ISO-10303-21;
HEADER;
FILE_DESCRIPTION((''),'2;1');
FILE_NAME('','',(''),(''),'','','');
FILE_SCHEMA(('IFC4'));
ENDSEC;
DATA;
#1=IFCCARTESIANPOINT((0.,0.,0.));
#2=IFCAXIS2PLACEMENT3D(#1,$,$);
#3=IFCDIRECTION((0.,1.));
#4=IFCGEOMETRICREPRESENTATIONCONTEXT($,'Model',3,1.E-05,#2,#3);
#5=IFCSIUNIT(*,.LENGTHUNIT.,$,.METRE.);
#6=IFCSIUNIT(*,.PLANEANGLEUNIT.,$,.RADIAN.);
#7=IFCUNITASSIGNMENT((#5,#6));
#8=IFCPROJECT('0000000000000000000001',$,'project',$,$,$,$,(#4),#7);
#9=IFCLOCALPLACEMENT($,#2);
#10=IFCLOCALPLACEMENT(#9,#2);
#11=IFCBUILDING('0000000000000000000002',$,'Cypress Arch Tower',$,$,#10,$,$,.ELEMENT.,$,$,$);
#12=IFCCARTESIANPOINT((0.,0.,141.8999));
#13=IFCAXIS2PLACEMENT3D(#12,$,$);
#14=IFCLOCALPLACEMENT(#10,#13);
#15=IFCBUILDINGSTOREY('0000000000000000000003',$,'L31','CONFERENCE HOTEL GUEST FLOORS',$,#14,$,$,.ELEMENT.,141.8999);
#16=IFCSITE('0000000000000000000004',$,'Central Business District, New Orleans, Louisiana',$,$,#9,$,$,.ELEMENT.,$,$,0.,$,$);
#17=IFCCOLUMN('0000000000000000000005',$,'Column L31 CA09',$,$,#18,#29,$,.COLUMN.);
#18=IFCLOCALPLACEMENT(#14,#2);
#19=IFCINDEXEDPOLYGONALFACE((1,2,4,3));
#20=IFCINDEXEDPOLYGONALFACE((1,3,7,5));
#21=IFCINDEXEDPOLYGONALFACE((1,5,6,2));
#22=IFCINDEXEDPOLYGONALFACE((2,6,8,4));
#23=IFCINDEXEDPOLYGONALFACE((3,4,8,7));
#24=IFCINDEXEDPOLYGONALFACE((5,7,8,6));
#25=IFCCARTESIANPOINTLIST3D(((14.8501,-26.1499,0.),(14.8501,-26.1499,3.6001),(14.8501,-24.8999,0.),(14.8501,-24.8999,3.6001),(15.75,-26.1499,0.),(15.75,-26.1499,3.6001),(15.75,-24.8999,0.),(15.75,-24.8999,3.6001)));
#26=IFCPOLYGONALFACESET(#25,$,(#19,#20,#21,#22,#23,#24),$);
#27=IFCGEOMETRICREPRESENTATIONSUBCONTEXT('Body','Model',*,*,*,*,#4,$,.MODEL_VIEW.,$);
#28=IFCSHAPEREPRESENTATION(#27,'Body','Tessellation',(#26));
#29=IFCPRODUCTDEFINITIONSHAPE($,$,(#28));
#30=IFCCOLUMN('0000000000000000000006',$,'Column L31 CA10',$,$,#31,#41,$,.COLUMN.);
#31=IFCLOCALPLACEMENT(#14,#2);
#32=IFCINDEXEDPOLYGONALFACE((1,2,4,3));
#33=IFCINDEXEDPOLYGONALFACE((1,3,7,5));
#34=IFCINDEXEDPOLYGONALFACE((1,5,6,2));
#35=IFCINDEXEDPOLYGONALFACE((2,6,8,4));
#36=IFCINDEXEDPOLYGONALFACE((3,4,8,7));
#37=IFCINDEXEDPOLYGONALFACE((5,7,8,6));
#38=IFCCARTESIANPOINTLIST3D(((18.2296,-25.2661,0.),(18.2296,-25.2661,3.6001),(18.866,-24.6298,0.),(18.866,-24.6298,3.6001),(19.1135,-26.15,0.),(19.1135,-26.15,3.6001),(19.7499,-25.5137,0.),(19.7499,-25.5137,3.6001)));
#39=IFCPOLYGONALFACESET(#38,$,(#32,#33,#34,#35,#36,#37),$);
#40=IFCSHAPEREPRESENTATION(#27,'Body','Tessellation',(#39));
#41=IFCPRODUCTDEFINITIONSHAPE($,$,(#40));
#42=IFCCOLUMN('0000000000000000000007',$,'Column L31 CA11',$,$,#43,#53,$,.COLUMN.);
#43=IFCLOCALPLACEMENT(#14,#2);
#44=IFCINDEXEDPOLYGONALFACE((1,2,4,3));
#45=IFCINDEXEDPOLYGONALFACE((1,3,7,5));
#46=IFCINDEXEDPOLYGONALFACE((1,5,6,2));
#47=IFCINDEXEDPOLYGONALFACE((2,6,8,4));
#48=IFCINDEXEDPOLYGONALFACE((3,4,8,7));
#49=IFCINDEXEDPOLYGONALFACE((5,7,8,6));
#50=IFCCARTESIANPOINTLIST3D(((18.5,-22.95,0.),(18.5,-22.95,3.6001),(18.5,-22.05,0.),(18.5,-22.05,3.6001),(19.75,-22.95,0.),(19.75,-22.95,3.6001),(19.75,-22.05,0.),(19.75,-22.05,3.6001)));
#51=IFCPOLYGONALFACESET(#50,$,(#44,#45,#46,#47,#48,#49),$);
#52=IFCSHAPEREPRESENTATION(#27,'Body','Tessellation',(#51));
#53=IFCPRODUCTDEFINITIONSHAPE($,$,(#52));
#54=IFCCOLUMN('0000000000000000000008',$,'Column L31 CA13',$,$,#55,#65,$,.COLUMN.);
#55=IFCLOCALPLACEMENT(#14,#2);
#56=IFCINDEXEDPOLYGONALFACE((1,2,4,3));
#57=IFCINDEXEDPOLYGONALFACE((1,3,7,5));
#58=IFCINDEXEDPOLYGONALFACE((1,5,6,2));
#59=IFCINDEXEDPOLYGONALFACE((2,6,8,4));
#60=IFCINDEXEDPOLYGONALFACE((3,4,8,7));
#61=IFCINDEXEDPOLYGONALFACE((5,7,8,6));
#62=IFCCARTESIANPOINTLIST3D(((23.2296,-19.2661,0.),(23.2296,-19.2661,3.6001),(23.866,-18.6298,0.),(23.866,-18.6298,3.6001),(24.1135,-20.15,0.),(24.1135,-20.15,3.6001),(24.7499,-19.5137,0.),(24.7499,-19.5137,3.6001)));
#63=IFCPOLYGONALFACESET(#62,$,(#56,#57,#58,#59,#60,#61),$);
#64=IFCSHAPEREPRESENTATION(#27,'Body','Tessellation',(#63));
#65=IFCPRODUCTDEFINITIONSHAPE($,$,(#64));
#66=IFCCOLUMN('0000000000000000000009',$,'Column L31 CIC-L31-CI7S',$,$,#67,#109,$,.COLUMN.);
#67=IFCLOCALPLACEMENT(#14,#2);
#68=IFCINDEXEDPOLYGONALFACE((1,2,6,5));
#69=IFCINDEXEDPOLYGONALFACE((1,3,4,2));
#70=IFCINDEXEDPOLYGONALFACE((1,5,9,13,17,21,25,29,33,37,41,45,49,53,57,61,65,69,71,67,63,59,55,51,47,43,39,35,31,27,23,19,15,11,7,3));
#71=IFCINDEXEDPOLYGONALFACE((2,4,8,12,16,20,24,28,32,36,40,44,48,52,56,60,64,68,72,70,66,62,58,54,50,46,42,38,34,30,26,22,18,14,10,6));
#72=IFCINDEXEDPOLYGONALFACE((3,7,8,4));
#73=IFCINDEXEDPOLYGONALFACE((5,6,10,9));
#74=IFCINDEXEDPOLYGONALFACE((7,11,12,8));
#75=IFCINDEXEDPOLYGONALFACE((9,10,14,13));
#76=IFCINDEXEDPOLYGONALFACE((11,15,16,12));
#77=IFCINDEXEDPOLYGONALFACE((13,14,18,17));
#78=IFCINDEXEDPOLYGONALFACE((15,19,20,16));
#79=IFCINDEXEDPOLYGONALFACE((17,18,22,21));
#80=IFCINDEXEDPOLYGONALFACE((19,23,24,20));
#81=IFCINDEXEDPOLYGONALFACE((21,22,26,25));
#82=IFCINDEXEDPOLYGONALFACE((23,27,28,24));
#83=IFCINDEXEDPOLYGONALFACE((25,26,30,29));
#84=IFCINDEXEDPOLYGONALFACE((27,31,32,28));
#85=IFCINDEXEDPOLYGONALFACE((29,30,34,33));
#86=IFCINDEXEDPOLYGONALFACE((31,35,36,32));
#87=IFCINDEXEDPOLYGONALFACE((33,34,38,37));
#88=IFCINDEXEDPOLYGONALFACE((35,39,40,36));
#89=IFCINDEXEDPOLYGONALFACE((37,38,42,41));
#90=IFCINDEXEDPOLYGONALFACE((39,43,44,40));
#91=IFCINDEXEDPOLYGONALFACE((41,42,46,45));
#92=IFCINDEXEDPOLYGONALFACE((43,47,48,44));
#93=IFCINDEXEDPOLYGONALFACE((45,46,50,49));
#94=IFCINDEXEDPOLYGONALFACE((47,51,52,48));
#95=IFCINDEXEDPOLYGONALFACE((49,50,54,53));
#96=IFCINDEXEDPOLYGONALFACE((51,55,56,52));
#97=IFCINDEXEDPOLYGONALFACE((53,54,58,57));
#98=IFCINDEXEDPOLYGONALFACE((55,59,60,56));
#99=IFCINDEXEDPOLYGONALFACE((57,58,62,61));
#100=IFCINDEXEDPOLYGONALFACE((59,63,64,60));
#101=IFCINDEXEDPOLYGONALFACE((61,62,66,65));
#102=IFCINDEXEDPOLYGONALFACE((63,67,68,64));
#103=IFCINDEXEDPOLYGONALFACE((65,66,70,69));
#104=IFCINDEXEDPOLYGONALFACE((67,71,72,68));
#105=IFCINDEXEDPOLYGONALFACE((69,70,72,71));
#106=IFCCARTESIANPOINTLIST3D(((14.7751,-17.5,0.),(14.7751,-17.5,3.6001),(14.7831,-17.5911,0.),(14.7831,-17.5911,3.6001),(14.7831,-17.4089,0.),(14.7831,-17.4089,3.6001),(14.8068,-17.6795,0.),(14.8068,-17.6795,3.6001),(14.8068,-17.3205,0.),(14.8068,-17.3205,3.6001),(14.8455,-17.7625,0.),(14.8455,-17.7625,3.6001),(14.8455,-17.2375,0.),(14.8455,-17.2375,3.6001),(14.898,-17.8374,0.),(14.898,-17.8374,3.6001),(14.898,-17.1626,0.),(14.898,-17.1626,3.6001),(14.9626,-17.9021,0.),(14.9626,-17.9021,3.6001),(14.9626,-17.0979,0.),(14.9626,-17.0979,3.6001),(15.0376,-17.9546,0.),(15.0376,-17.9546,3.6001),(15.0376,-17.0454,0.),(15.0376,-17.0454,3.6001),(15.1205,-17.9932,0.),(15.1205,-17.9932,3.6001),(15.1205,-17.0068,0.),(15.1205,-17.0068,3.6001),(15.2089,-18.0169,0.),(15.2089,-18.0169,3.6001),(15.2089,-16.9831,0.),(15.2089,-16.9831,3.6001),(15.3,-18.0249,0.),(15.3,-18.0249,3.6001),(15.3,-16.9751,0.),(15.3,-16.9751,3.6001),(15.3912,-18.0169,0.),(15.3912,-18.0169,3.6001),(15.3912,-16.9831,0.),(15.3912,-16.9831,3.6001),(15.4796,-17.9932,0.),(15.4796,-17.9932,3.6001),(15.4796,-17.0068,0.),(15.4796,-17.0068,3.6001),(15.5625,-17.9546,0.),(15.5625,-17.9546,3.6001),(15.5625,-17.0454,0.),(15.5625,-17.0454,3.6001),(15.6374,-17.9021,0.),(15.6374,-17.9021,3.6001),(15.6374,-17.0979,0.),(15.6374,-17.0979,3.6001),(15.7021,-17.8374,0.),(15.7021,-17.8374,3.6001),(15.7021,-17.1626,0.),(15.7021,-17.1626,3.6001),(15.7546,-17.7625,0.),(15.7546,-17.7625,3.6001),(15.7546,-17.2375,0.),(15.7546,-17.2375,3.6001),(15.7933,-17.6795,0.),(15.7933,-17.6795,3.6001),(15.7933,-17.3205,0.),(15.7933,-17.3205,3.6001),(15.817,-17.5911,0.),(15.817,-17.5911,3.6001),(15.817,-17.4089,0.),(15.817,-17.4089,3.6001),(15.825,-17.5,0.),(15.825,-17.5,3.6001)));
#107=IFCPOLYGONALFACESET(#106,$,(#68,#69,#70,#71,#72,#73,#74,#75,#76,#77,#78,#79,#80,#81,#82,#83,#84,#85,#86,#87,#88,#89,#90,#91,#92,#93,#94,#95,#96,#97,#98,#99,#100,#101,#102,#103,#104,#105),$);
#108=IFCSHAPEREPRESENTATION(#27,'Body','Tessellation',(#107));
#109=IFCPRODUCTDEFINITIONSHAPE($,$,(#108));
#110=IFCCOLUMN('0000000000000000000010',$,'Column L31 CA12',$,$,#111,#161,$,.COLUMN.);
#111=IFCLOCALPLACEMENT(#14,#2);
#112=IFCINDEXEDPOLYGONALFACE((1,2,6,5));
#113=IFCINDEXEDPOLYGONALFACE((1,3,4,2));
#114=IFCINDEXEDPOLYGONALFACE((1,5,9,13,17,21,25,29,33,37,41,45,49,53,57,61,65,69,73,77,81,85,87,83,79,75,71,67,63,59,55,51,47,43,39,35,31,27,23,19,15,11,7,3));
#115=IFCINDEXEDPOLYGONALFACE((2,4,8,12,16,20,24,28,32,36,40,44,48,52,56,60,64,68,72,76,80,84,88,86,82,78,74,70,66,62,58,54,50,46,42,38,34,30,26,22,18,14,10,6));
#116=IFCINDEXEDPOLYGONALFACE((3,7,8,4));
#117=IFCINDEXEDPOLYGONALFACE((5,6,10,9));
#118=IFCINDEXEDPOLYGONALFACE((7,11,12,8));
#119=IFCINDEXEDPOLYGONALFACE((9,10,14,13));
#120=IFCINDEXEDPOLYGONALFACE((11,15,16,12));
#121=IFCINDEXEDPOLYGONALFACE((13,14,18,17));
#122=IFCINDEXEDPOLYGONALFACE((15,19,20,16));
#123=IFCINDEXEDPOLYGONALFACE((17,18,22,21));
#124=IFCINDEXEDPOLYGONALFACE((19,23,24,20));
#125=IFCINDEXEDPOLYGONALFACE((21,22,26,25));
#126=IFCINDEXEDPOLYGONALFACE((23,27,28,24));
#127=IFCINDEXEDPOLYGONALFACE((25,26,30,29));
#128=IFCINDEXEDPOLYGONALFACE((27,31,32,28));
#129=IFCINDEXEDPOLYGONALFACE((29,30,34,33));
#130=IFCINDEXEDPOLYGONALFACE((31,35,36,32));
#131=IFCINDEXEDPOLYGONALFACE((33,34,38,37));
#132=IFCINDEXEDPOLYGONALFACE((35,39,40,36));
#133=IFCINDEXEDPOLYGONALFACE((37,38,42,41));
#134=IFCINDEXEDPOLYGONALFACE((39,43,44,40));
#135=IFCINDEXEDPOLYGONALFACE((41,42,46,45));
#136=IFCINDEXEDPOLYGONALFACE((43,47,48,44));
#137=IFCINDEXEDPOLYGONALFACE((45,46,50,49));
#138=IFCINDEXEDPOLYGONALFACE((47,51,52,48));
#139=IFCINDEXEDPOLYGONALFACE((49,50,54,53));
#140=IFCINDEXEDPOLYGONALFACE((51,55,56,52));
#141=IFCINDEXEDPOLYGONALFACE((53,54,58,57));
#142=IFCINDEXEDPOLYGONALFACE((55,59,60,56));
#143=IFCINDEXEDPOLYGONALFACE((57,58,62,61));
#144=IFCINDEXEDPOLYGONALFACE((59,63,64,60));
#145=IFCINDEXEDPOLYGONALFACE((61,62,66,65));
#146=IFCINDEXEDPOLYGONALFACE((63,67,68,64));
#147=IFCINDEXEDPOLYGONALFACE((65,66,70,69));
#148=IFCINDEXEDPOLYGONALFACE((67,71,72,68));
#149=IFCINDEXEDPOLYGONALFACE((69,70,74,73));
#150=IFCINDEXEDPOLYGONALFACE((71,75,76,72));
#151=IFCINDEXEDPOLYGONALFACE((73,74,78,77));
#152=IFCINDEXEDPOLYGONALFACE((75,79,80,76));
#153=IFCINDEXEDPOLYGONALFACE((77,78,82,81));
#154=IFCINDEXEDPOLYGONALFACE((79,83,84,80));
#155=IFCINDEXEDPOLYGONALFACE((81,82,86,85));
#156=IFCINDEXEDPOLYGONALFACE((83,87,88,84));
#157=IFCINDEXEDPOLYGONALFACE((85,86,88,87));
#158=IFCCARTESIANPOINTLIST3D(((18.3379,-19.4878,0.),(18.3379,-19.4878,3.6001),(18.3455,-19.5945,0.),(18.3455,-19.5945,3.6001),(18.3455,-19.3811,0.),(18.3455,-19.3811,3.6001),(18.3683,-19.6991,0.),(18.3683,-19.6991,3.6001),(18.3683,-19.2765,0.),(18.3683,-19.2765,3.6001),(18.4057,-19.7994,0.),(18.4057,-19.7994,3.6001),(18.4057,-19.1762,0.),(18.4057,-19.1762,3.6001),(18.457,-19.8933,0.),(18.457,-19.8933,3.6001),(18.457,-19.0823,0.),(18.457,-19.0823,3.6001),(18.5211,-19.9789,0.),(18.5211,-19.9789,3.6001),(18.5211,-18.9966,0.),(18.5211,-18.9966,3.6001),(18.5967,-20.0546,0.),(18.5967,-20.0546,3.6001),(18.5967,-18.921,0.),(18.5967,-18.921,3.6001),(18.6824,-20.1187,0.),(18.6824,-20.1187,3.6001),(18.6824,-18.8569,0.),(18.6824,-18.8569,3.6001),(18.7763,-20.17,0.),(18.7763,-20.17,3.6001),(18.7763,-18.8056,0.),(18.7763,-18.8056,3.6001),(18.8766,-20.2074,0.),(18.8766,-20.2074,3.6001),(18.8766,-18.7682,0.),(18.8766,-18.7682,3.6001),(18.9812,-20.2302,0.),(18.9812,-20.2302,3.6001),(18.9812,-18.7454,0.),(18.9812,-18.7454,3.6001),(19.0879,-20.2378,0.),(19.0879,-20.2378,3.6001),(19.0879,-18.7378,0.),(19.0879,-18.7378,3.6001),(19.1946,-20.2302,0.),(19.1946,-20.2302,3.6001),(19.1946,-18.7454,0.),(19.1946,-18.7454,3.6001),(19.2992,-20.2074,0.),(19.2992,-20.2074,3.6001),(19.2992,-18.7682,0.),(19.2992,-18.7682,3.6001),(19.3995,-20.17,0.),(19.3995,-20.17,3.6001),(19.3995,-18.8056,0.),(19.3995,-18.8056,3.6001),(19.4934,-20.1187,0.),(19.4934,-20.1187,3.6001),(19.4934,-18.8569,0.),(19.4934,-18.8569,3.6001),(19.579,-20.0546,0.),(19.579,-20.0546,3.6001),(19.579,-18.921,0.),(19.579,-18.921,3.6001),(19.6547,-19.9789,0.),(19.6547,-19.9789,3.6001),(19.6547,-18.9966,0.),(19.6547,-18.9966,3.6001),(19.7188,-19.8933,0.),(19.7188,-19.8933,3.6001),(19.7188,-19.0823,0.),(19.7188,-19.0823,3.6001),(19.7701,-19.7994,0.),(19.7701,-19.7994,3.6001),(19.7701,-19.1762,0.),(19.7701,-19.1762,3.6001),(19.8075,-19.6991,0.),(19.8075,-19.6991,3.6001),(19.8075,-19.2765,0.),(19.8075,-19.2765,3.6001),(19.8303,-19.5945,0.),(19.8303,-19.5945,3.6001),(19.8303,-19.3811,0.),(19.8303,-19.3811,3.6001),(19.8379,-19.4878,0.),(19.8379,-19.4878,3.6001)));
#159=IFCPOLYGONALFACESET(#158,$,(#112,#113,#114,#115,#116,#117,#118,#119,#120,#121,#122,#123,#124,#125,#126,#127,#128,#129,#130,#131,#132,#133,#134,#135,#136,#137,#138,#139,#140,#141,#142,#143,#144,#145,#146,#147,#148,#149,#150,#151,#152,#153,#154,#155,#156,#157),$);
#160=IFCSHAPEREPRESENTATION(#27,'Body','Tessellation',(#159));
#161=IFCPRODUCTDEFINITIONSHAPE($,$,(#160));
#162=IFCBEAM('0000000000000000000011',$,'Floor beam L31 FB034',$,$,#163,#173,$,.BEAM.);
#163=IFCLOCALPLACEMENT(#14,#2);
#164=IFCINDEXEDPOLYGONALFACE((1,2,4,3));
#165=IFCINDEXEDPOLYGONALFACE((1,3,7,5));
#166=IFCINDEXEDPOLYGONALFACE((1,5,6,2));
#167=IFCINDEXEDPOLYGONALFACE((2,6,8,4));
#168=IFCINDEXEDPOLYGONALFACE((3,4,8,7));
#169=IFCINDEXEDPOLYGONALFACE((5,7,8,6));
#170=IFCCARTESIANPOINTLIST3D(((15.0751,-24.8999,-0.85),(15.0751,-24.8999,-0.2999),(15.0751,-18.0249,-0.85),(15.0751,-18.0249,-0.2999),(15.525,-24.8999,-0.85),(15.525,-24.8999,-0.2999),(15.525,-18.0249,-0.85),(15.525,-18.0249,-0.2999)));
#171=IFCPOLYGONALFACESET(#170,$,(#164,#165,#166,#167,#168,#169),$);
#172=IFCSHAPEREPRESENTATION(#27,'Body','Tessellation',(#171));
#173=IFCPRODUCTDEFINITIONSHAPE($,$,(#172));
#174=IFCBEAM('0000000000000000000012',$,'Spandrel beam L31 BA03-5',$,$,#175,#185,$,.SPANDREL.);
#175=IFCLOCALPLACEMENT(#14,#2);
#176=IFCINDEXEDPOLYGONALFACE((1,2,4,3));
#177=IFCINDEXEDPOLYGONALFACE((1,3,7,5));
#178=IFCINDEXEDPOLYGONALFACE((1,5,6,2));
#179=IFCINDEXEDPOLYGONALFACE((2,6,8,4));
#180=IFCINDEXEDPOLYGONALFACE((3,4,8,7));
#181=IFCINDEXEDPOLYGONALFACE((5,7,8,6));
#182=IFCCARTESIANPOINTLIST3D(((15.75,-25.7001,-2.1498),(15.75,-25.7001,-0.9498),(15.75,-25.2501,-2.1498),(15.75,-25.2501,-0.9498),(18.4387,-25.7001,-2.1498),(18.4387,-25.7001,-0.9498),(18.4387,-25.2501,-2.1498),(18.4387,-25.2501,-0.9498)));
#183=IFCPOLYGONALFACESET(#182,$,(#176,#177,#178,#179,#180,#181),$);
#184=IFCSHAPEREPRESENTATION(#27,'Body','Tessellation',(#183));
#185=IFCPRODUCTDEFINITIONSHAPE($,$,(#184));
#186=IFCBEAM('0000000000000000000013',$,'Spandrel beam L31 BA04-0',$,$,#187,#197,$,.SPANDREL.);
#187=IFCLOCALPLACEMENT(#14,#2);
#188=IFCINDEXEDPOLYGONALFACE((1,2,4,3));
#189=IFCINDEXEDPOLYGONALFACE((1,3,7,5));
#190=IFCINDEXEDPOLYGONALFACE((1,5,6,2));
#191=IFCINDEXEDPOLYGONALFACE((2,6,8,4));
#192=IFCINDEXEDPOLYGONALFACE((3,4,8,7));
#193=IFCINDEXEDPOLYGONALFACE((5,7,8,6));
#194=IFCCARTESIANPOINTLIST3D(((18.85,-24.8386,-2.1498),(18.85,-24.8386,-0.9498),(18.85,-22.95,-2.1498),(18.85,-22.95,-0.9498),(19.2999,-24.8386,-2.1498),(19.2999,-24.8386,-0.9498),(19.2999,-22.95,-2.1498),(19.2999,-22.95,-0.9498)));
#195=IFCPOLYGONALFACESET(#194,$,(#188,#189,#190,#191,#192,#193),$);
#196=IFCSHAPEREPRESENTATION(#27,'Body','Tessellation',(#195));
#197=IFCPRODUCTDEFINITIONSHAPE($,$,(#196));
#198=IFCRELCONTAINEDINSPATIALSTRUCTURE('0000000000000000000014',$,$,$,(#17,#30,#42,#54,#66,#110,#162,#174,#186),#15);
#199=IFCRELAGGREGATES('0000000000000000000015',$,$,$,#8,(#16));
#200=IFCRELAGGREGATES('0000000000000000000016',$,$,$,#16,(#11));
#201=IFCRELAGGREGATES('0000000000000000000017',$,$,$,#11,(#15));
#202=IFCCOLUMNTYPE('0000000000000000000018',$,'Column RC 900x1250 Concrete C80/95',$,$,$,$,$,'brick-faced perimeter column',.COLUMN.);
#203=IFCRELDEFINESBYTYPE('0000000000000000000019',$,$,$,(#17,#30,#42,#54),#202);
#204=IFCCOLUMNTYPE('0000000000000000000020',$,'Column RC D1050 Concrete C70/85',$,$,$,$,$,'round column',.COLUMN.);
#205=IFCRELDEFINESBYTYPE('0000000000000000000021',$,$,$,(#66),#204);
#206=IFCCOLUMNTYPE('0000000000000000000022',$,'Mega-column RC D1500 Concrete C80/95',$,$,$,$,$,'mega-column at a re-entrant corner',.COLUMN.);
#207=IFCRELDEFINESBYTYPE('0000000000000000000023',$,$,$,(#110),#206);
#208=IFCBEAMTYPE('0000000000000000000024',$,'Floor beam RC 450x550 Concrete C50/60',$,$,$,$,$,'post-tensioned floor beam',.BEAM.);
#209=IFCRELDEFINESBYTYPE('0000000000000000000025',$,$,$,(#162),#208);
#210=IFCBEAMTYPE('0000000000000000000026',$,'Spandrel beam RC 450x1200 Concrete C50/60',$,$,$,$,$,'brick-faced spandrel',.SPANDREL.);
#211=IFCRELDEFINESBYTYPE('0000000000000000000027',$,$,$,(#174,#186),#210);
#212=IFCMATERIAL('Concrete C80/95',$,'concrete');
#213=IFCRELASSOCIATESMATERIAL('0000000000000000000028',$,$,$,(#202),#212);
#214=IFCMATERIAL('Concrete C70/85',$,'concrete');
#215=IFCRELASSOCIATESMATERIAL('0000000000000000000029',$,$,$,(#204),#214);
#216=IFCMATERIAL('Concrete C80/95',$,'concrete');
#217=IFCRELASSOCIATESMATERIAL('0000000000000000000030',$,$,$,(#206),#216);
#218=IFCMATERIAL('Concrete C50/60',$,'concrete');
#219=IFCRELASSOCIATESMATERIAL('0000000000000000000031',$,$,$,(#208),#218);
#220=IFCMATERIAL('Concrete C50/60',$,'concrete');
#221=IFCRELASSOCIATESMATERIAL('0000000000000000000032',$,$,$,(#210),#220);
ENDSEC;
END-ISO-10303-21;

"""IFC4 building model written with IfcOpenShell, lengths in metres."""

from ifc_helpers import new_model, si_unit, direction, frame, origin, origin_2d, place, context, subcontext, project, spatial, rectangle, circle, extrude, material, material_profile, profile_set, type_object, element, save


model = new_model("IFC4")

# Units and contexts
model_context = context("Model", 3, precision=1e-05, world=origin(), true_north=direction((0.0, 1.0)))
body_context = subcontext(model_context, "Body", "Model", "MODEL_VIEW")
ifc_project = project(units=[si_unit("LENGTHUNIT", "METRE"), si_unit("PLANEANGLEUNIT", "RADIAN")], contexts=[model_context])

# Site, building, storey
site_placement = place(None, origin())
site = spatial("IfcSite", under=ifc_project, at=site_placement, Name="Central Business District, New Orleans, Louisiana", CompositionType="ELEMENT", RefElevation=0.0)
building_placement = place(site_placement, origin())
building = spatial("IfcBuilding", under=site, at=building_placement, Name="Cypress Arch Tower", CompositionType="ELEMENT")
storey_placement = place(building_placement, frame((0.0, 0.0, 141.8999)))
storey = spatial("IfcBuildingStorey", under=building, at=storey_placement, Name="L31", Description="CONFERENCE HOTEL GUEST FLOORS", CompositionType="ELEMENT", Elevation=141.8999)

# Columns
ifc_material_1 = material(Name="Concrete C80/95", Category="concrete")
ifc_material_profile_1 = material_profile(ifc_material_1, rectangle(XDim=0.8999, YDim=1.25, at=origin_2d()), Name="RC 900x1250")
ifc_profile_set_1 = profile_set([ifc_material_profile_1], Name="Concrete C80/95")
column_type_1 = type_object("IfcColumnType", Name="Column RC 900x1250 Concrete C80/95", ElementType="brick-faced perimeter column", PredefinedType="COLUMN", material=ifc_profile_set_1)
for number, where, z_axis, x_axis, name in (
    (1, (15.3, -25.5249, 0.0), (0.0, 0.0, 1.0), (1.0, 0.0, 0.0), "Column L31 CA09"),
    (2, (18.9897, -25.3899, 0.0), (0.0, 0.0, 1.0), (0.707107, 0.707107, 0.0), "Column L31 CA10"),
    (3, (19.125, -22.5, 0.0), (0.0, 0.0, 1.0), (0.0, 1.0, 0.0), "Column L31 CA11"),
    (4, (23.9897, -19.3899, 0.0), (0.0, 0.0, 1.0), (0.707107, 0.707107, 0.0), "Column L31 CA13"),
):
    element("IfcColumn", number, at=place(storey_placement, frame(where, z_axis=z_axis, x_axis=x_axis)), inside=storey, type_object=column_type_1, Name=name, PredefinedType="COLUMN", context=body_context, shape_type="SweptSolid", body=[
        extrude(rectangle(XDim=0.8999, YDim=1.25, at=origin_2d()), origin(), (0.0, 0.0, 1.0), 3.6001),
    ])
ifc_material_2 = material(Name="Concrete C70/85", Category="concrete")
ifc_material_profile_2 = material_profile(ifc_material_2, circle(Radius=0.5249, at=origin_2d()), Name="RC D1050")
ifc_profile_set_2 = profile_set([ifc_material_profile_2], Name="Concrete C70/85")
column_type_2 = type_object("IfcColumnType", Name="Column RC D1050 Concrete C70/85", ElementType="round column", PredefinedType="COLUMN", material=ifc_profile_set_2)
column_1_placement = place(storey_placement, frame((15.3, -17.5, 0.0), z_axis=(0.0, 0.0, 1.0), x_axis=(1.0, 0.0, 0.0)))
element("IfcColumn", 5, at=column_1_placement, inside=storey, type_object=column_type_2, Name="Column L31 CIC-L31-CI7S", PredefinedType="COLUMN", context=body_context, shape_type="SweptSolid", body=[
    extrude(circle(Radius=0.5249, at=origin_2d()), origin(), (0.0, 0.0, 1.0), 3.6001),
])
ifc_material_3 = material(Name="Concrete C80/95", Category="concrete")
ifc_material_profile_3 = material_profile(ifc_material_3, circle(Radius=0.75, at=origin_2d()), Name="RC D1500")
ifc_profile_set_3 = profile_set([ifc_material_profile_3], Name="Concrete C80/95")
column_type_3 = type_object("IfcColumnType", Name="Mega-column RC D1500 Concrete C80/95", ElementType="mega-column at a re-entrant corner", PredefinedType="COLUMN", material=ifc_profile_set_3)
column_2_placement = place(storey_placement, frame((19.0879, -19.4878, 0.0), z_axis=(0.0, 0.0, 1.0), x_axis=(1.0, 0.0, 0.0)))
element("IfcColumn", 6, at=column_2_placement, inside=storey, type_object=column_type_3, Name="Column L31 CA12", PredefinedType="COLUMN", context=body_context, shape_type="SweptSolid", body=[
    extrude(circle(Radius=0.75, at=origin_2d()), origin(), (0.0, 0.0, 1.0), 3.6001),
])

# Beams
ifc_material_4 = material(Name="Concrete C50/60", Category="concrete")
ifc_material_profile_4 = material_profile(ifc_material_4, rectangle(XDim=0.45, YDim=0.55, at=origin_2d()), Name="RC 450x550")
ifc_profile_set_4 = profile_set([ifc_material_profile_4], Name="Concrete C50/60")
beam_type_1 = type_object("IfcBeamType", Name="Floor beam RC 450x550 Concrete C50/60", ElementType="post-tensioned floor beam", PredefinedType="BEAM", material=ifc_profile_set_4)
beam_1_placement = place(storey_placement, frame((15.3, -24.8999, -0.575), z_axis=(0.0, 1.0, 0.0), x_axis=(-1.0, 0.0, 0.0)))
element("IfcBeam", 7, at=beam_1_placement, inside=storey, type_object=beam_type_1, Name="Floor beam L31 FB034", PredefinedType="BEAM", context=body_context, shape_type="SweptSolid", body=[
    extrude(rectangle(XDim=0.45, YDim=0.55, at=origin_2d()), origin(), (0.0, 0.0, 1.0), 6.875),
])
ifc_material_5 = material(Name="Concrete C50/60", Category="concrete")
ifc_material_profile_5 = material_profile(ifc_material_5, rectangle(XDim=0.45, YDim=1.2, at=origin_2d()), Name="RC 450x1200")
ifc_profile_set_5 = profile_set([ifc_material_profile_5], Name="Concrete C50/60")
beam_type_2 = type_object("IfcBeamType", Name="Spandrel beam RC 450x1200 Concrete C50/60", ElementType="brick-faced spandrel", PredefinedType="SPANDREL", material=ifc_profile_set_5)
beam_2_placement = place(storey_placement, frame((15.75, -25.4751, -1.5498), z_axis=(1.0, 0.0, 0.0), x_axis=(0.0, 1.0, 0.0)))
element("IfcBeam", 8, at=beam_2_placement, inside=storey, type_object=beam_type_2, Name="Spandrel beam L31 BA03-5", PredefinedType="SPANDREL", context=body_context, shape_type="SweptSolid", body=[
    extrude(rectangle(XDim=0.45, YDim=1.2, at=origin_2d()), origin(), (0.0, 0.0, 1.0), 2.6887),
])
beam_3_placement = place(storey_placement, frame((19.075, -24.8386, -1.5498), z_axis=(0.0, 1.0, 0.0), x_axis=(-1.0, 0.0, 0.0)))
element("IfcBeam", 9, at=beam_3_placement, inside=storey, type_object=beam_type_2, Name="Spandrel beam L31 BA04-0", PredefinedType="SPANDREL", context=body_context, shape_type="SweptSolid", body=[
    extrude(rectangle(XDim=0.45, YDim=1.2, at=origin_2d()), origin(), (0.0, 0.0, 1.0), 1.8887),
])

save(model, "model.ifc")
